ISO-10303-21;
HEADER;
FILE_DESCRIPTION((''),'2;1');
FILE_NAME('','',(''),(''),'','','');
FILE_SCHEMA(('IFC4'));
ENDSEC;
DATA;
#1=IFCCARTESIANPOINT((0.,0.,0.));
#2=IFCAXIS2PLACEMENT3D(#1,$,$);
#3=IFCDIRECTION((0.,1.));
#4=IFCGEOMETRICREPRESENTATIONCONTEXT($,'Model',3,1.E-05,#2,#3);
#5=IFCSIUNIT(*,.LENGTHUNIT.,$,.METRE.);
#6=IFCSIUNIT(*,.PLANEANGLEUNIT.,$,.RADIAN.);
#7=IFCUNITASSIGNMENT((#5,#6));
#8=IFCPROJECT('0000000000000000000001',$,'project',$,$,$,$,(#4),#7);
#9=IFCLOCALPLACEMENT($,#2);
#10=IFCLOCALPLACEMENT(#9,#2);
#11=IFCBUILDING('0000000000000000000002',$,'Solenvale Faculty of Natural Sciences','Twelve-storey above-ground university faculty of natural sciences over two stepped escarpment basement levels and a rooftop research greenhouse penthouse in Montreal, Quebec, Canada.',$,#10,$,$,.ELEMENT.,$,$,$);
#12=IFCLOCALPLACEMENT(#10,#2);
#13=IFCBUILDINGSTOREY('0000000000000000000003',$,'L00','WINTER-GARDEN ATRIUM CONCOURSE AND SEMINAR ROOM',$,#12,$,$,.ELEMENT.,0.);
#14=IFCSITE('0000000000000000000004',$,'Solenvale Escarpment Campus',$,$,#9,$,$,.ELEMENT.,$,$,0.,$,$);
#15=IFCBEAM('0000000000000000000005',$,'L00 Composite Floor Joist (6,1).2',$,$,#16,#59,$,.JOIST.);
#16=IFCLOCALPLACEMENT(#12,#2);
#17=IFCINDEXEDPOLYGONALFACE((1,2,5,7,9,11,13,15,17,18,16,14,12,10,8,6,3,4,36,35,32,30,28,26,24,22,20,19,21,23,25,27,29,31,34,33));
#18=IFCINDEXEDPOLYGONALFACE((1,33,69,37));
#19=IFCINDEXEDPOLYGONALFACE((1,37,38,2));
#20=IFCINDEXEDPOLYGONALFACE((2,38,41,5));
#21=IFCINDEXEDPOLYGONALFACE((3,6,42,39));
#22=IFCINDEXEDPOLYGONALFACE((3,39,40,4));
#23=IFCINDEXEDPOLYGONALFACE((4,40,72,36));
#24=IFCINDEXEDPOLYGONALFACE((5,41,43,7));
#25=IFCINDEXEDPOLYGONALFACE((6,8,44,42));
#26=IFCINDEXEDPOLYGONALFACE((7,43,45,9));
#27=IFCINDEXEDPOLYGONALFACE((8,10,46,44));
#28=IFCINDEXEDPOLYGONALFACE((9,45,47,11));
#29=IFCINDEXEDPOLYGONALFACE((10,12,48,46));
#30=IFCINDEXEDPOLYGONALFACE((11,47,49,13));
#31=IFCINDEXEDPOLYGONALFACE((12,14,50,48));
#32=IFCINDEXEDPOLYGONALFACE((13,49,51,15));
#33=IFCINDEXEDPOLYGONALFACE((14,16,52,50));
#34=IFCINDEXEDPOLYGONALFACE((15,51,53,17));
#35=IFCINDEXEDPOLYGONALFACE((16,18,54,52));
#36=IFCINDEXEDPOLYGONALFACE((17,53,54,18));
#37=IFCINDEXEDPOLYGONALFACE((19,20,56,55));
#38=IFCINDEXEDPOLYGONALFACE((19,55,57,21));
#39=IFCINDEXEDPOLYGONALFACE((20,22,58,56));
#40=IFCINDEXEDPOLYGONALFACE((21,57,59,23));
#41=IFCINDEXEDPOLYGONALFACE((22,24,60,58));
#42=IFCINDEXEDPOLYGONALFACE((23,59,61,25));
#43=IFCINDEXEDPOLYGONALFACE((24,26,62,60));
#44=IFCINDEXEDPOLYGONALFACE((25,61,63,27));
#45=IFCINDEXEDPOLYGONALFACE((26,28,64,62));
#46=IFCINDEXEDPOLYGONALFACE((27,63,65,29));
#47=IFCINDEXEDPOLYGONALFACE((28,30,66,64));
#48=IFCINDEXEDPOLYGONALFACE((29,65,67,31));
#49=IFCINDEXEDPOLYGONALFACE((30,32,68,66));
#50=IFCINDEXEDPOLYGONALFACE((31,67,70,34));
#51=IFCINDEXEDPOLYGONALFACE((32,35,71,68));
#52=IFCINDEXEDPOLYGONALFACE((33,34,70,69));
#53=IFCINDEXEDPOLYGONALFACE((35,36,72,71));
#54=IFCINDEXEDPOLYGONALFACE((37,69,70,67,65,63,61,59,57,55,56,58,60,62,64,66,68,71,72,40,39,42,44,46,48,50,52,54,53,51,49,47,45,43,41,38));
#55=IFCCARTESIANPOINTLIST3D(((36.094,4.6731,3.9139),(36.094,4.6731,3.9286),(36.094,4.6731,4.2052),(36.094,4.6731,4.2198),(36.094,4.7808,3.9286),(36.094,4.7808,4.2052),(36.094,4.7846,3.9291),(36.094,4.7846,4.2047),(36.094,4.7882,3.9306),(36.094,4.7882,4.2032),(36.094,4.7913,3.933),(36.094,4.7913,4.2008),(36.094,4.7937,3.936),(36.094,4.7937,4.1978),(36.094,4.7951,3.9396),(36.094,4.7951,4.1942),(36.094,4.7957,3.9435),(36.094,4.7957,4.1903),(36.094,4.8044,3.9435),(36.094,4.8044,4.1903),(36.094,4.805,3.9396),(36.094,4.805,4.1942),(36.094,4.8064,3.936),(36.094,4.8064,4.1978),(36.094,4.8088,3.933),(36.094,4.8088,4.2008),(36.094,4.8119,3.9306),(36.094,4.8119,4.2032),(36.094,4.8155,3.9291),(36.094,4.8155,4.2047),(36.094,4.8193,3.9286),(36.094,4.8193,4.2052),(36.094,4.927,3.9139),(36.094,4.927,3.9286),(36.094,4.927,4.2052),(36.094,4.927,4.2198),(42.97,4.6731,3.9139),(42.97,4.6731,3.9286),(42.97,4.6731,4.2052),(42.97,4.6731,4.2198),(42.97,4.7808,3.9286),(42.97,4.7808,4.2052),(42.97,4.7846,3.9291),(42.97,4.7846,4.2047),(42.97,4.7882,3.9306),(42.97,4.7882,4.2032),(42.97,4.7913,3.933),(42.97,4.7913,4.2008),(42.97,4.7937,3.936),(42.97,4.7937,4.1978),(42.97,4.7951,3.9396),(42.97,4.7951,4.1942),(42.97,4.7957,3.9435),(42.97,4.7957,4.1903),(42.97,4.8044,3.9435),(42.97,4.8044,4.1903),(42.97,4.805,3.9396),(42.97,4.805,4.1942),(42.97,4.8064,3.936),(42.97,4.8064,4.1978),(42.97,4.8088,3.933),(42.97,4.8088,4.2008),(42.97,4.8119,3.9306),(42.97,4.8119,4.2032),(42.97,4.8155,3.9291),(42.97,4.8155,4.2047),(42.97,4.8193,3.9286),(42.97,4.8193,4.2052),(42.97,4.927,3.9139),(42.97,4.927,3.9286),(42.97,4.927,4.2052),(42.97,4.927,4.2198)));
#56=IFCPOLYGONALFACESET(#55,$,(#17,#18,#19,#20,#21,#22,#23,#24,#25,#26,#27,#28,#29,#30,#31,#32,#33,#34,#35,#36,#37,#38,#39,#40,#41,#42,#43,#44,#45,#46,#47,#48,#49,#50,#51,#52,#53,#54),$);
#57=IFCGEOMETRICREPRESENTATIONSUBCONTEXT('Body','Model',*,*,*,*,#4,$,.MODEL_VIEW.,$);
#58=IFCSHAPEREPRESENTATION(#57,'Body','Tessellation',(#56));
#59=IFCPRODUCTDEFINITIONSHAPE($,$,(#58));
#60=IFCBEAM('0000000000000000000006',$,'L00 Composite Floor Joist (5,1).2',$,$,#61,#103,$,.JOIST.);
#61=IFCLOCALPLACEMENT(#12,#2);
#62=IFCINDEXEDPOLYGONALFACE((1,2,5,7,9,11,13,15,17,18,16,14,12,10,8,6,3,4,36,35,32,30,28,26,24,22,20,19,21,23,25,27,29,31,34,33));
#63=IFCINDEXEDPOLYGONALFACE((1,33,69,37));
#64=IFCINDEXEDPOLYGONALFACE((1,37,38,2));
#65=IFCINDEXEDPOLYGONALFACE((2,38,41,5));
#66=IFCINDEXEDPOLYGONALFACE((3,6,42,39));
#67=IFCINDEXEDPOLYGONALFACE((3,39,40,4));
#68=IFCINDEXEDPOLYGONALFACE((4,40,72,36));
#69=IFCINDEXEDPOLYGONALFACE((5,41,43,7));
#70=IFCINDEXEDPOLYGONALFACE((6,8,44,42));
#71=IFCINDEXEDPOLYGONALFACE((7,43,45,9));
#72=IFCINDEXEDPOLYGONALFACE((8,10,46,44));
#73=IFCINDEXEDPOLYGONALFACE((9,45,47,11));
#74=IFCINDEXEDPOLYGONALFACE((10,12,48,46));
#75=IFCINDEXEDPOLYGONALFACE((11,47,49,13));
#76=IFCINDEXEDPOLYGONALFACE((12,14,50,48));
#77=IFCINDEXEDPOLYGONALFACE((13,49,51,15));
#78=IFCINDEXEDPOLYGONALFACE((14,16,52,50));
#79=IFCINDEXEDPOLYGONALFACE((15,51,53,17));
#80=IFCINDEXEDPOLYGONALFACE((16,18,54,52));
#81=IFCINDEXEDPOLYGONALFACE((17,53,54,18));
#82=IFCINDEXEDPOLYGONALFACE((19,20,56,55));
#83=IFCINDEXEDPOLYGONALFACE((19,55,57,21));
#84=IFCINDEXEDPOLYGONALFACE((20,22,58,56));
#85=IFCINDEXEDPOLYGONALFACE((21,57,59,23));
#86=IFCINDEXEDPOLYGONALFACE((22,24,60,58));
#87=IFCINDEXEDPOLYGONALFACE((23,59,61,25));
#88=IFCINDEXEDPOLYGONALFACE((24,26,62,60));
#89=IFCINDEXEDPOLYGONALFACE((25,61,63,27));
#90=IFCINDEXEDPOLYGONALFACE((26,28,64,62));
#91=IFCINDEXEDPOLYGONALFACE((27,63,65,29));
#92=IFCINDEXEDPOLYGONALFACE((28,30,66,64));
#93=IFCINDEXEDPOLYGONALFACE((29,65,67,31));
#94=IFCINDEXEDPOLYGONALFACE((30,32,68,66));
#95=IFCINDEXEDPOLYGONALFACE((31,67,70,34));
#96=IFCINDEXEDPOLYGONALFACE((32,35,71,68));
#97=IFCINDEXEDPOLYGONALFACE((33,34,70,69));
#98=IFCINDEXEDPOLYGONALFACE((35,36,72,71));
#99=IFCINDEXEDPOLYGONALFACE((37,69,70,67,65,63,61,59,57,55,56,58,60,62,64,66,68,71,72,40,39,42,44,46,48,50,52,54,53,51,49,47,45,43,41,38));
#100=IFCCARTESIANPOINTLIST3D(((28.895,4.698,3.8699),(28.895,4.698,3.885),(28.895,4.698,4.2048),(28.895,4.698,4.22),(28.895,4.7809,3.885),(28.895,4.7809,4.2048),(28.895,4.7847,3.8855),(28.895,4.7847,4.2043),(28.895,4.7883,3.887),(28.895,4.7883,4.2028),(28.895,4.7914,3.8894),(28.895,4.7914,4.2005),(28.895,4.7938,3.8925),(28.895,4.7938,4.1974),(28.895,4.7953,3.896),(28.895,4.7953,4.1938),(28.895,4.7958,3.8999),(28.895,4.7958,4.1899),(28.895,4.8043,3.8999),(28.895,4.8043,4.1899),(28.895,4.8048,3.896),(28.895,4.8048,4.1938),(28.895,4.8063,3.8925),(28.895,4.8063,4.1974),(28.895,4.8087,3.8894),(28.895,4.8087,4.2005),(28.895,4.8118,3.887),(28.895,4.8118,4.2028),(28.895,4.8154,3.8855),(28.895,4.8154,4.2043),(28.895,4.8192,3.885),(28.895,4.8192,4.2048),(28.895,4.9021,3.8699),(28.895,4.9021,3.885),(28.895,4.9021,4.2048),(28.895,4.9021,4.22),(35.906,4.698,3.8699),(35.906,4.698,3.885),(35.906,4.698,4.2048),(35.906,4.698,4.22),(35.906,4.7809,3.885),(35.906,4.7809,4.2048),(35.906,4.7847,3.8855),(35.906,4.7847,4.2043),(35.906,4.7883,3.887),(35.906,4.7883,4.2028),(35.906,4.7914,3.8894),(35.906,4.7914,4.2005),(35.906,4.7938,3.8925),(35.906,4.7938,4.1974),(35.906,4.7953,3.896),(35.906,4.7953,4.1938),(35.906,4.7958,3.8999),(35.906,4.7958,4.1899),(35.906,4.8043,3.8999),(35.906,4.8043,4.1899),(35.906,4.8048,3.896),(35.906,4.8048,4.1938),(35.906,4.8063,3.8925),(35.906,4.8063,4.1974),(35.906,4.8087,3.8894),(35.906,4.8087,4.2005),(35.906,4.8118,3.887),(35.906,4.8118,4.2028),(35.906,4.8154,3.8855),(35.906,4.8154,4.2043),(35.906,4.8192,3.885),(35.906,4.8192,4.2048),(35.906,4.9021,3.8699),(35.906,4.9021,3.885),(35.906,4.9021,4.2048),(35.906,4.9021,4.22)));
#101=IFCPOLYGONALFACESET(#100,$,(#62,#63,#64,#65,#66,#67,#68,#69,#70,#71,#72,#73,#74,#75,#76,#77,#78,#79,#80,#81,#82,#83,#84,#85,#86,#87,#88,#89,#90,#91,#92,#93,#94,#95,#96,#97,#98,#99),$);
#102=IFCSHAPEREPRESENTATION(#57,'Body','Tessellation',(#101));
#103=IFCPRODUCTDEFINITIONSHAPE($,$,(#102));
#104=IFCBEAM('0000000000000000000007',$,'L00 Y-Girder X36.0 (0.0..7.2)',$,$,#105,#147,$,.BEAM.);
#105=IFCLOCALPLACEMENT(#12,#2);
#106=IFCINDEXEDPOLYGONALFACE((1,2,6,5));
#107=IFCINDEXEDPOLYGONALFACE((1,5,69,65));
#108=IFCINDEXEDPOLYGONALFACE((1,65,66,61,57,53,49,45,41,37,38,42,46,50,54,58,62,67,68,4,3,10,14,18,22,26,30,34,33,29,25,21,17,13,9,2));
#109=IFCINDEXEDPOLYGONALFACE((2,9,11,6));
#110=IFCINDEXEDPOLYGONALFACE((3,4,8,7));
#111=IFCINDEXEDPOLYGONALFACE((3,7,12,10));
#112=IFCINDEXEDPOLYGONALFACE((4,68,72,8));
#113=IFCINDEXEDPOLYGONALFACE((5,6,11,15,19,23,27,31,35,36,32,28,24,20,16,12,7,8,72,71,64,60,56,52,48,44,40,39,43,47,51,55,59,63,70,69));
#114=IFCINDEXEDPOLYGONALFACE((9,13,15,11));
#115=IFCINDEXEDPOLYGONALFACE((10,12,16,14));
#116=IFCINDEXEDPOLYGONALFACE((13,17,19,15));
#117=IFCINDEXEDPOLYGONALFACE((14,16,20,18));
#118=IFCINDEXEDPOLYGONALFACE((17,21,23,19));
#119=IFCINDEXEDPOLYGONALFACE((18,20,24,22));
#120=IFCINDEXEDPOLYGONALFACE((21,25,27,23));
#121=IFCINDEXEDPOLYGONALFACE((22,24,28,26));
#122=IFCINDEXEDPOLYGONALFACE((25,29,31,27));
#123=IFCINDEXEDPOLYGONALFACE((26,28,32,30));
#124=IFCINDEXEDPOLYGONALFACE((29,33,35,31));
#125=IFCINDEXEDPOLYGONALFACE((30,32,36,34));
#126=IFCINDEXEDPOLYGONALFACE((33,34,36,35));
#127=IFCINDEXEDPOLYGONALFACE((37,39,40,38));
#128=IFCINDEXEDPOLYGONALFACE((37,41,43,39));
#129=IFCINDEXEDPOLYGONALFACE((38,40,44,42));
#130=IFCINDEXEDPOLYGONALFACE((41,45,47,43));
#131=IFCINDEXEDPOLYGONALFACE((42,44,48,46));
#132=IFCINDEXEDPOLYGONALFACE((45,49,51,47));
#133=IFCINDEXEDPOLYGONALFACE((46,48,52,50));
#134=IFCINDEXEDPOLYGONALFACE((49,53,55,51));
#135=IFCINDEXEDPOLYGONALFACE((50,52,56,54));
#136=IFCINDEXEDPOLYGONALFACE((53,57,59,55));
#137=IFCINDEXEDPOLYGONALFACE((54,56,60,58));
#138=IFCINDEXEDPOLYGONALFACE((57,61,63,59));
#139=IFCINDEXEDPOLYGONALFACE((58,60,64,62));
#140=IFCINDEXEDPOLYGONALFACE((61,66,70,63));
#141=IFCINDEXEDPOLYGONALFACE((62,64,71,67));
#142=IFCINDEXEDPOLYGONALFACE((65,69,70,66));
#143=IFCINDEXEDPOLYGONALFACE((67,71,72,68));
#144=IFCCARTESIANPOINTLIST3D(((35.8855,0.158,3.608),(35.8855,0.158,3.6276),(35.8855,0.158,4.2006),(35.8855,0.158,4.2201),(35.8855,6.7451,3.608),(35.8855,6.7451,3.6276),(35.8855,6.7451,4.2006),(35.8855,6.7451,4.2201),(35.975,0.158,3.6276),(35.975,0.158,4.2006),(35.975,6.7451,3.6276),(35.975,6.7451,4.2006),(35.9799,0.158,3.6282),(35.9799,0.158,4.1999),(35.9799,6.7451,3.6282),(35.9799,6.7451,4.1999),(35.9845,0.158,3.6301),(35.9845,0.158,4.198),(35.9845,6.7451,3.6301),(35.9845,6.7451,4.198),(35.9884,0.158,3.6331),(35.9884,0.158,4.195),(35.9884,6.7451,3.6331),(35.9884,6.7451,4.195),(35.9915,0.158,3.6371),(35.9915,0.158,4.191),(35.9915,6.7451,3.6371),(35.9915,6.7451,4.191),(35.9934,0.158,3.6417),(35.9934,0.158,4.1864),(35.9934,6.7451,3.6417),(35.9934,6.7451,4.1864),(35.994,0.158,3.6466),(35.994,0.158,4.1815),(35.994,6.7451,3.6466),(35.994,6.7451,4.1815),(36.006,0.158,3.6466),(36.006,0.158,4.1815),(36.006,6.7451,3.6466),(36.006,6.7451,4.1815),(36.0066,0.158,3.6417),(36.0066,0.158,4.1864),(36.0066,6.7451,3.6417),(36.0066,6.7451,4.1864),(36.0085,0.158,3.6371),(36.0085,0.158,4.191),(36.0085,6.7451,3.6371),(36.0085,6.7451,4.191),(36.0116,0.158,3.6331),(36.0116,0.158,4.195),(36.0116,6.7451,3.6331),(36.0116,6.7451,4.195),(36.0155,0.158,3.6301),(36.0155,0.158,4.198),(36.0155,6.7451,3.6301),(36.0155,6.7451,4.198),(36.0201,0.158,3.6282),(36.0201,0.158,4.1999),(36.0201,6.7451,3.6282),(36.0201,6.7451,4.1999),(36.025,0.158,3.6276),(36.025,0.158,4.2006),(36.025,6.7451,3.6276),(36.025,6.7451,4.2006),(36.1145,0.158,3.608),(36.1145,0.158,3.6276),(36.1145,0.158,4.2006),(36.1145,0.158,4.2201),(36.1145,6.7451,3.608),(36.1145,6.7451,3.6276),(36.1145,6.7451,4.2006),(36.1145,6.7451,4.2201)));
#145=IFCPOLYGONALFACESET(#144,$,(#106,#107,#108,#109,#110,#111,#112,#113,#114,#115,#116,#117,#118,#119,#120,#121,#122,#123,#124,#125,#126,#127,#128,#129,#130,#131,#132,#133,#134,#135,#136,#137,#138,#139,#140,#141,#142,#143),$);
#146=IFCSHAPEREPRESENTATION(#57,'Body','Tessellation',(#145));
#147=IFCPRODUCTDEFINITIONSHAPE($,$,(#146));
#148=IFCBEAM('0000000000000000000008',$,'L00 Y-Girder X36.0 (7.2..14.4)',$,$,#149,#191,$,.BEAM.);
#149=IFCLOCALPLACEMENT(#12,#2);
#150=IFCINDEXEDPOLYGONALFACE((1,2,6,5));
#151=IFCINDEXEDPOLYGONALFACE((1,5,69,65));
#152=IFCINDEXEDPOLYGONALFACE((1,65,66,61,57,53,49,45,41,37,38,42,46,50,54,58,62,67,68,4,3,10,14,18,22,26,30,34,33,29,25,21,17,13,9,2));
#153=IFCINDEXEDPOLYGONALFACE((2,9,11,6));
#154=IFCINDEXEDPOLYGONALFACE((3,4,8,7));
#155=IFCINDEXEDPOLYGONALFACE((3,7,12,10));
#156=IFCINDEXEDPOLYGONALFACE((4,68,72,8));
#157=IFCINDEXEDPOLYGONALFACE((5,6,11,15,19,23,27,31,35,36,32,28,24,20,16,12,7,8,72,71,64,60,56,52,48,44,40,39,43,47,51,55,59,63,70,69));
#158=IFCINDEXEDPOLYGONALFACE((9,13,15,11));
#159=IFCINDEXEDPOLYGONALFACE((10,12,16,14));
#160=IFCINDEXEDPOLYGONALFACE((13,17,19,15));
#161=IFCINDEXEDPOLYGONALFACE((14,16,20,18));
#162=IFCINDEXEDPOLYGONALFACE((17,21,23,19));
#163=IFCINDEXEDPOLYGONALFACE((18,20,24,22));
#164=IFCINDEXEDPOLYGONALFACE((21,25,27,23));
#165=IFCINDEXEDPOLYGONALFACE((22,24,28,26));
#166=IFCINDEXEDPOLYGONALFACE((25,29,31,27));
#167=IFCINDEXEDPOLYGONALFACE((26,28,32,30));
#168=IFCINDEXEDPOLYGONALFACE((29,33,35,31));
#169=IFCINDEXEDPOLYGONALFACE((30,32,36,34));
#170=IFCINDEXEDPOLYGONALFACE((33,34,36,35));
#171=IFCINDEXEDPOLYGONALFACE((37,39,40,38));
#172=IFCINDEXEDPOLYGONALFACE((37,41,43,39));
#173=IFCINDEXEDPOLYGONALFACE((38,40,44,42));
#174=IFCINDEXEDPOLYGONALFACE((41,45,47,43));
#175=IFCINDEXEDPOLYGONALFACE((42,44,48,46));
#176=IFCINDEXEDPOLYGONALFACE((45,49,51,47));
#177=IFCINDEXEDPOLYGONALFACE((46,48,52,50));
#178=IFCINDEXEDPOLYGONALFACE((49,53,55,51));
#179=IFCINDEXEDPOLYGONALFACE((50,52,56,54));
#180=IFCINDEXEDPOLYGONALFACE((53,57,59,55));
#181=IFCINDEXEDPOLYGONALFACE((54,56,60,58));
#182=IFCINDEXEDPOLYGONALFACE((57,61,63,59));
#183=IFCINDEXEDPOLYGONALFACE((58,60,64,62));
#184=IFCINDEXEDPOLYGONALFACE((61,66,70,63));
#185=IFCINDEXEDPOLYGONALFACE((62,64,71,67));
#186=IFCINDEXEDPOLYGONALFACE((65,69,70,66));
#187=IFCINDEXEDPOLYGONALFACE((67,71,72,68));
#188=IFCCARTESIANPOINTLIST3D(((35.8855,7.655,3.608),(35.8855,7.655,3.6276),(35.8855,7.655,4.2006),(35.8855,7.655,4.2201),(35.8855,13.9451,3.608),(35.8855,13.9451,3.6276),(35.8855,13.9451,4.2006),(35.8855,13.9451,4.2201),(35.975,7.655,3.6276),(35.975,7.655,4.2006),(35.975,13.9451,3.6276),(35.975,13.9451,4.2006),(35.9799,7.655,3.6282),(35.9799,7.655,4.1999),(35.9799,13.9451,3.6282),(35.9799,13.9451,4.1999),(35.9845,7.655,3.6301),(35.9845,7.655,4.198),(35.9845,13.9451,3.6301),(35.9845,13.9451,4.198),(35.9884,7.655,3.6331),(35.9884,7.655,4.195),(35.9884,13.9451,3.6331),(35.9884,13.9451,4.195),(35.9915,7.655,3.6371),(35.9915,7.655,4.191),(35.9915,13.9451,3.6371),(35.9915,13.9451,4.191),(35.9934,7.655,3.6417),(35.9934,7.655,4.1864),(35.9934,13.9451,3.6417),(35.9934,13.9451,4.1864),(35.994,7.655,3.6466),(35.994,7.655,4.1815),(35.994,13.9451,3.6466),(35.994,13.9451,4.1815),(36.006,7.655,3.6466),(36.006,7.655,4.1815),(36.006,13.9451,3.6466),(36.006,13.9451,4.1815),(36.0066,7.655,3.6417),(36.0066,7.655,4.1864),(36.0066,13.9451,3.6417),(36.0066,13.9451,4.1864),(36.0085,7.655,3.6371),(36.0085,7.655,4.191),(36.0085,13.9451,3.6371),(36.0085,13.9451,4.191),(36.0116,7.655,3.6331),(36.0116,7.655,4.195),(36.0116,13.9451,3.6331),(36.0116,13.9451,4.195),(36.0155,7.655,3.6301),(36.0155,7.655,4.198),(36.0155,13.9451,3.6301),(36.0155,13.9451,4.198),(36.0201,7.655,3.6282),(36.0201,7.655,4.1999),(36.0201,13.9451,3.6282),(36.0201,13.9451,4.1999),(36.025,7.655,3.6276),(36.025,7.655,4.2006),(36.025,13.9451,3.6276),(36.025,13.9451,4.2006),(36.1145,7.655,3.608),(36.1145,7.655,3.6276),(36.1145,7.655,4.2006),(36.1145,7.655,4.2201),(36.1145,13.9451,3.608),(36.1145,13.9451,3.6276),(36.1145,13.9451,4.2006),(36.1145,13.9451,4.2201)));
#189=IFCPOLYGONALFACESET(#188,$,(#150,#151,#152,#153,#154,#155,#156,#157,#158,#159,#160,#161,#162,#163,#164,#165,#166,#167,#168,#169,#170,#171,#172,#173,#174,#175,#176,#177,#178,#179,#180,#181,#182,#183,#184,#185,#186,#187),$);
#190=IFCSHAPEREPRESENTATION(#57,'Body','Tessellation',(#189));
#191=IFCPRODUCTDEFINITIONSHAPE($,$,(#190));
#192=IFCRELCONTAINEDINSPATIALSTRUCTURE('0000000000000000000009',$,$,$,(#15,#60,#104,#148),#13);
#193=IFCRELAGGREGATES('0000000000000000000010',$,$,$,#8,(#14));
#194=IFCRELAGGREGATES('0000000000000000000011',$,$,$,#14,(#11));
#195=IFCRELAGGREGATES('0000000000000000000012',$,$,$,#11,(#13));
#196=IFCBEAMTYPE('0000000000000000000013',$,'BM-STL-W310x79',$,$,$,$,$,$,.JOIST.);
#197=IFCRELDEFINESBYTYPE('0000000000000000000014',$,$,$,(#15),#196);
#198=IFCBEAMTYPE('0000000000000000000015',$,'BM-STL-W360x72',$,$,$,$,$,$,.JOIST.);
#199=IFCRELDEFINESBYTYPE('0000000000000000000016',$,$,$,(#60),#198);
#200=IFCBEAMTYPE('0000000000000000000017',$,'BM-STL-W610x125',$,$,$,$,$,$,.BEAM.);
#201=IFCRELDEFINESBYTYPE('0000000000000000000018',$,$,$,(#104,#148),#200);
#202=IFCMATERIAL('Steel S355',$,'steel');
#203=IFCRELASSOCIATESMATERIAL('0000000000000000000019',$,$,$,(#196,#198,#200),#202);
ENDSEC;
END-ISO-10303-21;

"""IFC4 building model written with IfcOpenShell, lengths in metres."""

from ifc_helpers import new_model, si_unit, direction, frame, origin, origin_2d, place, context, subcontext, project, spatial, i_section, extrude, material, material_profile, profile_set, type_object, element, save


model = new_model("IFC4")

# Units and contexts
model_context = context("Model", 3, precision=1e-05, world=origin(), true_north=direction((0.0, 1.0)))
body_context = subcontext(model_context, "Body", "Model", "MODEL_VIEW")
ifc_project = project(units=[si_unit("LENGTHUNIT", "METRE"), si_unit("PLANEANGLEUNIT", "RADIAN")], contexts=[model_context])

# Site, building, storey
site_placement = place(None, origin())
site = spatial("IfcSite", under=ifc_project, at=site_placement, Name="Solenvale Escarpment Campus", CompositionType="ELEMENT", RefElevation=0.0)
building_placement = place(site_placement, origin())
building = spatial("IfcBuilding", under=site, at=building_placement, Name="Solenvale Faculty of Natural Sciences", Description="Twelve-storey above-ground university faculty of natural sciences over two stepped escarpment basement levels and a rooftop research greenhouse penthouse in Montreal, Quebec, Canada.", CompositionType="ELEMENT")
storey_placement = place(building_placement, origin())
storey = spatial("IfcBuildingStorey", under=building, at=storey_placement, Name="L00", Description="WINTER-GARDEN ATRIUM CONCOURSE AND SEMINAR ROOM", CompositionType="ELEMENT", Elevation=0.0)

# Shared definitions
ifc_material_1 = material(Name="Steel S355", Category="steel")

# Beams
ifc_material_profile_1 = material_profile(ifc_material_1, i_section(OverallWidth=0.2539, OverallDepth=0.3059, WebThickness=0.0088, FlangeThickness=0.0146, FilletRadius=0.0149, at=origin_2d()), Name="W310x79")
ifc_profile_set_1 = profile_set([ifc_material_profile_1], Name="Steel S355")
beam_type_1 = type_object("IfcBeamType", Name="BM-STL-W310x79", PredefinedType="JOIST", material=ifc_profile_set_1)
for number, where, z_axis, x_axis, name in (
    (1, (36.094, 4.8, 4.0669), (1.0, 0.0, 0.0), (0.0, 1.0, 0.0), "L00 Composite Floor Joist (6,1).2"),
):
    element("IfcBeam", number, at=place(storey_placement, frame(where, z_axis=z_axis, x_axis=x_axis)), inside=storey, type_object=beam_type_1, Name=name, PredefinedType="JOIST", context=body_context, shape_type="SweptSolid", body=[
        extrude(i_section(OverallWidth=0.2539, OverallDepth=0.3059, WebThickness=0.0088, FlangeThickness=0.0146, FilletRadius=0.0149, at=origin_2d()), origin(), (0.0, 0.0, 1.0), 6.876),
    ])
ifc_material_profile_2 = material_profile(ifc_material_1, i_section(OverallWidth=0.2041, OverallDepth=0.3501, WebThickness=0.0085, FlangeThickness=0.0151, FilletRadius=0.0149, at=origin_2d()), Name="W360x72")
ifc_profile_set_2 = profile_set([ifc_material_profile_2], Name="Steel S355")
beam_type_2 = type_object("IfcBeamType", Name="BM-STL-W360x72", PredefinedType="JOIST", material=ifc_profile_set_2)
beam_1_placement = place(storey_placement, frame((28.895, 4.8, 4.0449), z_axis=(1.0, 0.0, 0.0), x_axis=(0.0, 1.0, 0.0)))
element("IfcBeam", 2, at=beam_1_placement, inside=storey, type_object=beam_type_2, Name="L00 Composite Floor Joist (5,1).2", PredefinedType="JOIST", context=body_context, shape_type="SweptSolid", body=[
    extrude(i_section(OverallWidth=0.2041, OverallDepth=0.3501, WebThickness=0.0085, FlangeThickness=0.0151, FilletRadius=0.0149, at=origin_2d()), origin(), (0.0, 0.0, 1.0), 7.011),
])
ifc_material_profile_3 = material_profile(ifc_material_1, i_section(OverallWidth=0.229, OverallDepth=0.6121, WebThickness=0.012, FlangeThickness=0.0195, FilletRadius=0.019, at=origin_2d()), Name="W610x125")
ifc_profile_set_3 = profile_set([ifc_material_profile_3], Name="Steel S355")
beam_type_3 = type_object("IfcBeamType", Name="BM-STL-W610x125", PredefinedType="BEAM", material=ifc_profile_set_3)
beam_2_placement = place(storey_placement, frame((36.0, 0.158, 3.9141), z_axis=(0.0, 1.0, 0.0), x_axis=(-1.0, 0.0, 0.0)))
element("IfcBeam", 3, at=beam_2_placement, inside=storey, type_object=beam_type_3, Name="L00 Y-Girder X36.0 (0.0..7.2)", PredefinedType="BEAM", context=body_context, shape_type="SweptSolid", body=[
    extrude(i_section(OverallWidth=0.229, OverallDepth=0.6121, WebThickness=0.012, FlangeThickness=0.0195, FilletRadius=0.019, at=origin_2d()), origin(), (0.0, 0.0, 1.0), 6.5872),
])
beam_3_placement = place(storey_placement, frame((36.0, 7.655, 3.9141), z_axis=(0.0, 1.0, 0.0), x_axis=(-1.0, 0.0, 0.0)))
element("IfcBeam", 4, at=beam_3_placement, inside=storey, type_object=beam_type_3, Name="L00 Y-Girder X36.0 (7.2..14.4)", PredefinedType="BEAM", context=body_context, shape_type="SweptSolid", body=[
    extrude(i_section(OverallWidth=0.229, OverallDepth=0.6121, WebThickness=0.012, FlangeThickness=0.0195, FilletRadius=0.019, at=origin_2d()), origin(), (0.0, 0.0, 1.0), 6.29),
])

save(model, "model.ifc")
